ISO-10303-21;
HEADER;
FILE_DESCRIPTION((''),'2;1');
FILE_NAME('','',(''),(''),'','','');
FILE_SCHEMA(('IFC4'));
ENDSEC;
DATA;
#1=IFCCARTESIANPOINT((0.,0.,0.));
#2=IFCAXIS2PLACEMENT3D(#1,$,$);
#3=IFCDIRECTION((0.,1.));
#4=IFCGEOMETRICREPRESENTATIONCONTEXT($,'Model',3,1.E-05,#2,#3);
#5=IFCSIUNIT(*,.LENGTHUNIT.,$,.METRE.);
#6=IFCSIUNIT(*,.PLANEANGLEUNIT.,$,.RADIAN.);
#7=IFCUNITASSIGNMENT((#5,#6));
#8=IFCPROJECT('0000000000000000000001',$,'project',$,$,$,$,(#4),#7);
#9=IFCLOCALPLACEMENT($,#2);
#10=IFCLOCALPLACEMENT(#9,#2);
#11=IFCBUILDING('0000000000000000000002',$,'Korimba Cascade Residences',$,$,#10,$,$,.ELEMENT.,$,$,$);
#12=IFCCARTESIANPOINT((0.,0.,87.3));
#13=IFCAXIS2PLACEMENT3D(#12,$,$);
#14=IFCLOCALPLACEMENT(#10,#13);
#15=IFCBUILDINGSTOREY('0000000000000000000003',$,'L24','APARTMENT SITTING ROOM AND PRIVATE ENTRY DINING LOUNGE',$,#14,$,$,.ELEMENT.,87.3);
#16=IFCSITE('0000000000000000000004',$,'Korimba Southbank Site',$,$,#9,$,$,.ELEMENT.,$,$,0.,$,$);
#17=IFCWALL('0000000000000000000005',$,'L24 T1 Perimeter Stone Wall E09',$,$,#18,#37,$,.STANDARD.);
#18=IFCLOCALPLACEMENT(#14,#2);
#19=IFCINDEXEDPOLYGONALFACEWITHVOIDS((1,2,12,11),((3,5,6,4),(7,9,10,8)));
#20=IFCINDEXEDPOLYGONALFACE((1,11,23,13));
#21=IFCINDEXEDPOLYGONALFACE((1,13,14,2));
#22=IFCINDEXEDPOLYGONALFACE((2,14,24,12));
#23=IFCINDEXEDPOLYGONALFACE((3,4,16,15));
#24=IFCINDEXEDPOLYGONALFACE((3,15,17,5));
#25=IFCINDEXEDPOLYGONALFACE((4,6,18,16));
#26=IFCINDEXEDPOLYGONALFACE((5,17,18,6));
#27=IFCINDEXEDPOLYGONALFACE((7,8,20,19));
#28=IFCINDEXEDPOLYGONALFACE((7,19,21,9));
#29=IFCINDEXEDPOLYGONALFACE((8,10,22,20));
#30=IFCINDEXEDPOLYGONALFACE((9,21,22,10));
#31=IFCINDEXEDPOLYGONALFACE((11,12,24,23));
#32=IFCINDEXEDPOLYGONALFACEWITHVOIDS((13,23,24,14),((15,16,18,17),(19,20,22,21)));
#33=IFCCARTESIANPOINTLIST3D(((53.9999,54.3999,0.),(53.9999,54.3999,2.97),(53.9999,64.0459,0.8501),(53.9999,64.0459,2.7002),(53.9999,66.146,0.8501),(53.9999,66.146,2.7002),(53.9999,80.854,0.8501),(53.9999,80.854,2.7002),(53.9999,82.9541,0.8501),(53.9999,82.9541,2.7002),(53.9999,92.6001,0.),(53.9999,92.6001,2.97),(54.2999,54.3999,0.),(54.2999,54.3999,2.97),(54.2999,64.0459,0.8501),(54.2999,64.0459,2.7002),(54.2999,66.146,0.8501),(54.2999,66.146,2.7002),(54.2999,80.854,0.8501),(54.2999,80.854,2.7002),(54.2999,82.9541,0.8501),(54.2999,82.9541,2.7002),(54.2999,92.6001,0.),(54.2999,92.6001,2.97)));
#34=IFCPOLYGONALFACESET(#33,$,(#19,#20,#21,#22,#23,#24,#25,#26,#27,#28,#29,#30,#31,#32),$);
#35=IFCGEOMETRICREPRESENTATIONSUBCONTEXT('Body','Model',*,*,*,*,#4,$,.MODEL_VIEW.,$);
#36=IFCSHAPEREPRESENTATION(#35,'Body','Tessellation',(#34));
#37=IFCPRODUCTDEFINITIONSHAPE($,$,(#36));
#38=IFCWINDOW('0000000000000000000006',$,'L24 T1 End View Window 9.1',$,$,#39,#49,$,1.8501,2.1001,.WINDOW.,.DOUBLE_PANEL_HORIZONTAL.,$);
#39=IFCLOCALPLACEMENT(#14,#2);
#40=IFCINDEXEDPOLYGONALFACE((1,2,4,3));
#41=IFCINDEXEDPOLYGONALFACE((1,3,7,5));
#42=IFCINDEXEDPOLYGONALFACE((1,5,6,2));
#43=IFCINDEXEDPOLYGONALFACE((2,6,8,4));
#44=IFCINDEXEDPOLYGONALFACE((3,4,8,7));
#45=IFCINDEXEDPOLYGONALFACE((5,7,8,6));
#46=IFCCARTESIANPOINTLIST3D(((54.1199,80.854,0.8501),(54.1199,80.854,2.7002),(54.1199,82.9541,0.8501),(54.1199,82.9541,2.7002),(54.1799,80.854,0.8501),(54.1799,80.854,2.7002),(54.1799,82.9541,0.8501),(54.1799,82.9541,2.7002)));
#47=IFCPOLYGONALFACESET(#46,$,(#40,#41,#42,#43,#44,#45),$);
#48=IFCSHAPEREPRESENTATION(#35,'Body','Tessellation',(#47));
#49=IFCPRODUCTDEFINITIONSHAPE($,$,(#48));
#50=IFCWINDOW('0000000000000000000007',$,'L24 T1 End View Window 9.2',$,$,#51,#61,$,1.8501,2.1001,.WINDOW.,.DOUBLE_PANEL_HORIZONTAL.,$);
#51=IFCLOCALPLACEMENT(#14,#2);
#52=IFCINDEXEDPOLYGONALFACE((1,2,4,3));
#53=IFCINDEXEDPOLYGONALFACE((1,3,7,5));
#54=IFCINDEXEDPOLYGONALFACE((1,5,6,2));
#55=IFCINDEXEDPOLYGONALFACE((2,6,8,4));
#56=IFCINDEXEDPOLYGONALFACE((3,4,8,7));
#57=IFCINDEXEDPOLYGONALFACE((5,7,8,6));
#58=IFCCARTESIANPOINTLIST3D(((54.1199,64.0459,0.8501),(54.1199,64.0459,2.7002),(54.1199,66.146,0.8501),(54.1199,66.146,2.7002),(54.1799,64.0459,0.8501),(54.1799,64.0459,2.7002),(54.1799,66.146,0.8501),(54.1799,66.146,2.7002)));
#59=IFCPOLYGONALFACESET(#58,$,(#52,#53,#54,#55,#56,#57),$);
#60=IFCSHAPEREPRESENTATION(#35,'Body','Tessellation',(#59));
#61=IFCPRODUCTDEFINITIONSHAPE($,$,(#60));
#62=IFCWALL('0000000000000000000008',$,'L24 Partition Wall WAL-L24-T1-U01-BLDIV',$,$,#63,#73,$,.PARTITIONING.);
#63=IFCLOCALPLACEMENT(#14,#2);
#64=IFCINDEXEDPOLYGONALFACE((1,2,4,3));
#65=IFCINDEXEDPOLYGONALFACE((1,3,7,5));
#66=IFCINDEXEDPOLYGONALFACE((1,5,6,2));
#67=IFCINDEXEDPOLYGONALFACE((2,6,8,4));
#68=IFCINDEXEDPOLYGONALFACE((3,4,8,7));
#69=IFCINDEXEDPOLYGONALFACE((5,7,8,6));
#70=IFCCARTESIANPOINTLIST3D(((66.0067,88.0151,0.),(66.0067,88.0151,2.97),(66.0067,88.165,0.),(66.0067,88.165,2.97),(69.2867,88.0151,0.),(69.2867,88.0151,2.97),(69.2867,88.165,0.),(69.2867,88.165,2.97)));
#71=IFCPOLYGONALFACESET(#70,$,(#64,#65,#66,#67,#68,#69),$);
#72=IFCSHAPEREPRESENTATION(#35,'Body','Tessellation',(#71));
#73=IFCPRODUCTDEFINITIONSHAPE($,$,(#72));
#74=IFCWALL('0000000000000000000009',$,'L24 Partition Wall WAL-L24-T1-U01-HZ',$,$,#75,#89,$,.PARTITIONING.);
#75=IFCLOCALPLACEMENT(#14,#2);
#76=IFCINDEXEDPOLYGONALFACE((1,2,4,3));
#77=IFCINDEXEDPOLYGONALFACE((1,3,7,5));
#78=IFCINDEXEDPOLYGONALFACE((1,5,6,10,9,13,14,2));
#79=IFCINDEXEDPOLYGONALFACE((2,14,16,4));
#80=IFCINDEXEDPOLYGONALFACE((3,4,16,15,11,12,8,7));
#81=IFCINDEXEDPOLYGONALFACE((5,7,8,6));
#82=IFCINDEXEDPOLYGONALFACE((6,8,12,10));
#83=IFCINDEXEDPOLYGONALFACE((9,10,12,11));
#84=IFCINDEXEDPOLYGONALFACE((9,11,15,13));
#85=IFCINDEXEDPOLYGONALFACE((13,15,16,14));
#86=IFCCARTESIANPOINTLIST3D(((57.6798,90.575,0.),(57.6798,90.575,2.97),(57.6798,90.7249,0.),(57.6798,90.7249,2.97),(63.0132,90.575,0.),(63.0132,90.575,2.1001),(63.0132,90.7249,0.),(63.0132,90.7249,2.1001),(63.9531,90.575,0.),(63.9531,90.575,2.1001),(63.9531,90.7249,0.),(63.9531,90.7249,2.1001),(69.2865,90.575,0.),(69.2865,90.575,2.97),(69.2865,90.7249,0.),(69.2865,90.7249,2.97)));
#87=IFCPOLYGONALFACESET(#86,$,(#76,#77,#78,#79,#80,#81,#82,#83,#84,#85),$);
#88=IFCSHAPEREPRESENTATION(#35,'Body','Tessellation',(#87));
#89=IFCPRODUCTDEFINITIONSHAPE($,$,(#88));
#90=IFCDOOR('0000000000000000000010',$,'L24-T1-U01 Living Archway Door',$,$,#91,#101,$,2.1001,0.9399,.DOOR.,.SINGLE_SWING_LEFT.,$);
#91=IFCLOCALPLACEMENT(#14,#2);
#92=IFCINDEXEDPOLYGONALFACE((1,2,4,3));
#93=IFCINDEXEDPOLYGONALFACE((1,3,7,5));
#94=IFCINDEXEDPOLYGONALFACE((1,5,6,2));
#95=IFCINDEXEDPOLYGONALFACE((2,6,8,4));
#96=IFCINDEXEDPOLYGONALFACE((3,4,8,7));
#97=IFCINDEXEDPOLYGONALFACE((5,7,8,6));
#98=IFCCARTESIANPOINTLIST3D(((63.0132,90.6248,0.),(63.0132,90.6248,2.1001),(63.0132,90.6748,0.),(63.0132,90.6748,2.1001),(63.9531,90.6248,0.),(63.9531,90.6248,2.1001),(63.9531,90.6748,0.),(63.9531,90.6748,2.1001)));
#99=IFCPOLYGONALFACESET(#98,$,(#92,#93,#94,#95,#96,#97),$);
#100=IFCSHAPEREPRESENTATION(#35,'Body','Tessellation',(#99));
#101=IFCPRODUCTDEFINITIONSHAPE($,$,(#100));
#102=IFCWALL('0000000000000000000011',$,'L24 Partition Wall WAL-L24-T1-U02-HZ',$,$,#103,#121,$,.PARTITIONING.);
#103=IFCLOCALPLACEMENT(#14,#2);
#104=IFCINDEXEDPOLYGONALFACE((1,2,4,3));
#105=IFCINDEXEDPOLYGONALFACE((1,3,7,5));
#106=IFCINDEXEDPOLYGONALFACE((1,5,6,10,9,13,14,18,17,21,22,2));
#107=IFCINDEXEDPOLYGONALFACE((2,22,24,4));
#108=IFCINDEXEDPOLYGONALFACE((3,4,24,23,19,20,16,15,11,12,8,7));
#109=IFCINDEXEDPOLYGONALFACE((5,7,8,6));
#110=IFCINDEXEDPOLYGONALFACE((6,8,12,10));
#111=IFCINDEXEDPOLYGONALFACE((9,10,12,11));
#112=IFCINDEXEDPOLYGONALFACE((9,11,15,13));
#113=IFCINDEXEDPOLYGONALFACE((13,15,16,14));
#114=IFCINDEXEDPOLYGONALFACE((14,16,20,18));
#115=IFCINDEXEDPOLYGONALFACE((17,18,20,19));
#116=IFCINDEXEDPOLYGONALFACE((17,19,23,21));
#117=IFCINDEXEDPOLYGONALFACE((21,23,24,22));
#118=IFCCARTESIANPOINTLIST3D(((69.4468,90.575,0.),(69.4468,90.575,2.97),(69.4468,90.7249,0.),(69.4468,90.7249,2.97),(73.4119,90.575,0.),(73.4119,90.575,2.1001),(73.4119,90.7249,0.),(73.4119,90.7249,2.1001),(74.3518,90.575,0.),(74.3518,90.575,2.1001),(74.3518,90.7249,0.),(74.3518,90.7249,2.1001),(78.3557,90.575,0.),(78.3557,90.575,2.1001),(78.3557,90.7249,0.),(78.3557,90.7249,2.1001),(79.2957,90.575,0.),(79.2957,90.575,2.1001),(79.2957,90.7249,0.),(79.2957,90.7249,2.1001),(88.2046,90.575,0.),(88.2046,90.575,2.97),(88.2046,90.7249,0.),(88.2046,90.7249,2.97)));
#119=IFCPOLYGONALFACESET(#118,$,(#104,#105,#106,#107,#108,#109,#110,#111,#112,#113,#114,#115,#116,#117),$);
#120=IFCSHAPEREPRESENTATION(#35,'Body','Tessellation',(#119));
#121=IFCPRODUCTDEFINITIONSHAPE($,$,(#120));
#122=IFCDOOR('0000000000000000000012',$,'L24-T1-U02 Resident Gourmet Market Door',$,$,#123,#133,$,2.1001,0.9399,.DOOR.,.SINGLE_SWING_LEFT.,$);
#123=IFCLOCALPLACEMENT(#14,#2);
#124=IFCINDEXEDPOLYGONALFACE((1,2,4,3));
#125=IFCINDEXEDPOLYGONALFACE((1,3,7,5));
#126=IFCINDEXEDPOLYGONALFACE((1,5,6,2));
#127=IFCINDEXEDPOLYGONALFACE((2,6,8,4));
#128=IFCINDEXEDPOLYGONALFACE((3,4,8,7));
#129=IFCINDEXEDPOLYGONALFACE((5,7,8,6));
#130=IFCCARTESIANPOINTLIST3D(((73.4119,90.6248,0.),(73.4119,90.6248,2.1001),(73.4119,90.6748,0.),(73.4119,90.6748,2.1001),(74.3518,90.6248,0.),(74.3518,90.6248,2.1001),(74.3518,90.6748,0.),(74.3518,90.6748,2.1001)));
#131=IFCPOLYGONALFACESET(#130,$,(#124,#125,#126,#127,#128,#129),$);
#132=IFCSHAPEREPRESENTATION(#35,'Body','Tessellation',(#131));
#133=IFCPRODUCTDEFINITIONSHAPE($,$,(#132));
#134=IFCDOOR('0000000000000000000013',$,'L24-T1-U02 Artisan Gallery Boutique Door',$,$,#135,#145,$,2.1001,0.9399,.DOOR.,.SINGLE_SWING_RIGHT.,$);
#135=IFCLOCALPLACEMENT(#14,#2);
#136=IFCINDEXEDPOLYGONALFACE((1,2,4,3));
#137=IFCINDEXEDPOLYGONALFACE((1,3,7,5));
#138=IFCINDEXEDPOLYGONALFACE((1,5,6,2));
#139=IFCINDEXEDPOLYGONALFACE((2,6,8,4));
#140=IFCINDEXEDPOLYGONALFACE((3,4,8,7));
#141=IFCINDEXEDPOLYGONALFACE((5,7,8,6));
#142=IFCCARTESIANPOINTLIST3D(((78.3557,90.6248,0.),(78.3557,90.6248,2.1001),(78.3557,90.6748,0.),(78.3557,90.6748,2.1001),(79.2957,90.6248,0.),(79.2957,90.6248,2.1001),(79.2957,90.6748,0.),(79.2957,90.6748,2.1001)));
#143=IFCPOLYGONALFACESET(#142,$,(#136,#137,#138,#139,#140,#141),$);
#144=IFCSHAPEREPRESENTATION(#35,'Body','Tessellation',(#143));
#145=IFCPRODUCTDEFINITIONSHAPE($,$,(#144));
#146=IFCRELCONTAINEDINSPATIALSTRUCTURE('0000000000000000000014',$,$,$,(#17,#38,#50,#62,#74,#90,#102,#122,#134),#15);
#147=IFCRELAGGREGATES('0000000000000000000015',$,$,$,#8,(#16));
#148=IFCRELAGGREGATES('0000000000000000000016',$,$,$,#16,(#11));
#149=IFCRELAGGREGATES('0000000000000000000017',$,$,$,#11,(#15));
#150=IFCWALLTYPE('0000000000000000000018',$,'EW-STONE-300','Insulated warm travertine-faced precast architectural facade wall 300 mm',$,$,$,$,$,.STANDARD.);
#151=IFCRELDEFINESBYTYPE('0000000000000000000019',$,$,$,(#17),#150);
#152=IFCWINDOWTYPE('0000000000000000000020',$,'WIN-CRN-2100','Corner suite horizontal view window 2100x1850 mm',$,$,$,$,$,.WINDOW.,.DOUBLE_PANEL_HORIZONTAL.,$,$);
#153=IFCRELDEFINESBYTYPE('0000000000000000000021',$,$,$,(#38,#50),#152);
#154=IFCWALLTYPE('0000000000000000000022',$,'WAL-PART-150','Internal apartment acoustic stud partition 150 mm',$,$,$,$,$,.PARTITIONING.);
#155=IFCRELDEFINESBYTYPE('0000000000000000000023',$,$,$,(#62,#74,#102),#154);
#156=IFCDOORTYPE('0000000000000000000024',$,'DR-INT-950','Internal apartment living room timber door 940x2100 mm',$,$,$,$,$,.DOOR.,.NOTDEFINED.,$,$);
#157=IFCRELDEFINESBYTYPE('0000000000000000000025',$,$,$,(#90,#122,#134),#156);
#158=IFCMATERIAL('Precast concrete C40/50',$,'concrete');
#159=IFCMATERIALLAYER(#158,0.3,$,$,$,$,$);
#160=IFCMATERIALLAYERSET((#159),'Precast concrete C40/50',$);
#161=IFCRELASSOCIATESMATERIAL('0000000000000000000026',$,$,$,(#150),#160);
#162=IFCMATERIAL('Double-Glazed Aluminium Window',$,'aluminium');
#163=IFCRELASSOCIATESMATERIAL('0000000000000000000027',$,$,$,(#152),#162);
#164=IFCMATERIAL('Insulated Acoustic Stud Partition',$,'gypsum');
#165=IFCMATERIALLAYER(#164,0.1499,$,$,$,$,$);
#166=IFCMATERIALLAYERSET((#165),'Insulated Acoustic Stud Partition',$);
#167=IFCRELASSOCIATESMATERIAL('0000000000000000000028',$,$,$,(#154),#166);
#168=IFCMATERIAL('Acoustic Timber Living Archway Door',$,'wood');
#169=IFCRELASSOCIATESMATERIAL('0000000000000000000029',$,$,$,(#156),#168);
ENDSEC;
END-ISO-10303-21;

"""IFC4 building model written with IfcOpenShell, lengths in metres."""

from ifc_helpers import new_model, si_unit, direction, frame, frame_2d, origin, place, context, subcontext, project, spatial, rectangle, extrude, material, layer, layer_set, type_object, element, fill, save


model = new_model("IFC4")

# Units and contexts
model_context = context("Model", 3, precision=1e-05, world=origin(), true_north=direction((0.0, 1.0)))
body_context = subcontext(model_context, "Body", "Model", "MODEL_VIEW")
ifc_project = project(units=[si_unit("LENGTHUNIT", "METRE"), si_unit("PLANEANGLEUNIT", "RADIAN")], contexts=[model_context])

# Site, building, storey
site_placement = place(None, origin())
site = spatial("IfcSite", under=ifc_project, at=site_placement, Name="Korimba Southbank Site", CompositionType="ELEMENT", RefElevation=0.0)
building_placement = place(site_placement, origin())
building = spatial("IfcBuilding", under=site, at=building_placement, Name="Korimba Cascade Residences", CompositionType="ELEMENT")
storey_placement = place(building_placement, frame((0.0, 0.0, 87.3)))
storey = spatial("IfcBuildingStorey", under=building, at=storey_placement, Name="L24", Description="APARTMENT SITTING ROOM AND PRIVATE ENTRY DINING LOUNGE", CompositionType="ELEMENT", Elevation=87.3)

# Shared definitions
ifc_material_1 = material(Name="Precast concrete C40/50", Category="concrete")
ifc_layer_1 = layer(ifc_material_1, 0.3)
ifc_layer_set_1 = layer_set([ifc_layer_1], Name="Precast concrete C40/50")
wall_type_1 = type_object("IfcWallType", Name="EW-STONE-300", Description="Insulated warm travertine-faced precast architectural facade wall 300 mm", PredefinedType="STANDARD", material=ifc_layer_set_1)

# Wall, openings, windows
wall_1_placement = place(storey_placement, frame((54.1499, 92.6001, 0.0), z_axis=(0.0, 0.0, 1.0), x_axis=(0.0, -1.0, 0.0)))
wall_1 = element("IfcWall", 1, at=wall_1_placement, inside=storey, type_object=wall_type_1, Name="L24 T1 Perimeter Stone Wall E09", PredefinedType="STANDARD", context=body_context, shape_type="SweptSolid", body=[
    extrude(rectangle(XDim=38.2002, YDim=0.3, at=frame_2d((19.1001, 0.0))), origin(), (0.0, 0.0, 1.0), 2.97),
])
opening_1_placement = place(wall_1_placement, frame((9.646, 0.0, 0.8501)))
opening_1 = element("IfcOpeningElement", 2, at=opening_1_placement, cuts=wall_1, PredefinedType="OPENING", context=body_context, shape_type="SweptSolid", body=[
    extrude(rectangle(XDim=2.1001, YDim=1.8501, at=frame_2d((1.05, 0.925))), frame((0.0, 0.1602, 0.0), z_axis=(0.0, -1.0, 0.0), x_axis=(1.0, 0.0, 0.0)), (0.0, 0.0, 1.0), 0.3201),
])
opening_2_placement = place(wall_1_placement, frame((26.4541, 0.0, 0.8501)))
opening_2 = element("IfcOpeningElement", 3, at=opening_2_placement, cuts=wall_1, PredefinedType="OPENING", context=body_context, shape_type="SweptSolid", body=[
    extrude(rectangle(XDim=2.1001, YDim=1.8501, at=frame_2d((1.05, 0.925))), frame((0.0, 0.1602, 0.0), z_axis=(0.0, -1.0, 0.0), x_axis=(1.0, 0.0, 0.0)), (0.0, 0.0, 1.0), 0.3201),
])
ifc_material_2 = material(Name="Double-Glazed Aluminium Window", Category="aluminium")
window_type = type_object("IfcWindowType", Name="WIN-CRN-2100", Description="Corner suite horizontal view window 2100x1850 mm", PartitioningType="DOUBLE_PANEL_HORIZONTAL", PredefinedType="WINDOW", material=ifc_material_2)
window_1_placement = place(opening_1_placement, origin())
window_1 = element("IfcWindow", 4, at=window_1_placement, inside=storey, type_object=window_type, Name="L24 T1 End View Window 9.1", OverallHeight=1.8501, OverallWidth=2.1001, PartitioningType="DOUBLE_PANEL_HORIZONTAL", PredefinedType="WINDOW", context=body_context, shape_type="SweptSolid", body=[
    extrude(rectangle(XDim=2.1001, YDim=1.8501, at=frame_2d((1.05, 0.925))), frame((0.0, 0.03, 0.0), z_axis=(0.0, -1.0, 0.0), x_axis=(1.0, 0.0, 0.0)), (0.0, 0.0, 1.0), 0.0601),
])
fill(opening_1, window_1)
window_2_placement = place(opening_2_placement, origin())
window_2 = element("IfcWindow", 5, at=window_2_placement, inside=storey, type_object=window_type, Name="L24 T1 End View Window 9.2", OverallHeight=1.8501, OverallWidth=2.1001, PartitioningType="DOUBLE_PANEL_HORIZONTAL", PredefinedType="WINDOW", context=body_context, shape_type="SweptSolid", body=[
    extrude(rectangle(XDim=2.1001, YDim=1.8501, at=frame_2d((1.05, 0.925))), frame((0.0, 0.03, 0.0), z_axis=(0.0, -1.0, 0.0), x_axis=(1.0, 0.0, 0.0)), (0.0, 0.0, 1.0), 0.0601),
])
fill(opening_2, window_2)

# Wall
ifc_material_3 = material(Name="Insulated Acoustic Stud Partition", Category="gypsum")
ifc_layer_2 = layer(ifc_material_3, 0.1499)
ifc_layer_set_2 = layer_set([ifc_layer_2], Name="Insulated Acoustic Stud Partition")
wall_type_2 = type_object("IfcWallType", Name="WAL-PART-150", Description="Internal apartment acoustic stud partition 150 mm", PredefinedType="PARTITIONING", material=ifc_layer_set_2)
wall_2_placement = place(storey_placement, frame((66.0066, 88.0901, 0.0), z_axis=(0.0, 0.0, 1.0), x_axis=(1.0, 0.0, 0.0)))
element("IfcWall", 6, at=wall_2_placement, inside=storey, type_object=wall_type_2, Name="L24 Partition Wall WAL-L24-T1-U01-BLDIV", PredefinedType="PARTITIONING", context=body_context, shape_type="SweptSolid", body=[
    extrude(rectangle(XDim=3.28, YDim=0.1499, at=frame_2d((1.6401, 0.0))), origin(), (0.0, 0.0, 1.0), 2.97),
])

# Wall, opening, door
wall_3_placement = place(storey_placement, frame((57.6799, 90.6499, 0.0), z_axis=(0.0, 0.0, 1.0), x_axis=(1.0, 0.0, 0.0)))
wall_3 = element("IfcWall", 7, at=wall_3_placement, inside=storey, type_object=wall_type_2, Name="L24 Partition Wall WAL-L24-T1-U01-HZ", PredefinedType="PARTITIONING", context=body_context, shape_type="SweptSolid", body=[
    extrude(rectangle(XDim=11.6067, YDim=0.1499, at=frame_2d((5.8032, 0.0))), origin(), (0.0, 0.0, 1.0), 2.97),
])
opening_3_placement = place(wall_3_placement, frame((5.3333, 0.0, 0.0)))
opening_3 = element("IfcOpeningElement", 8, at=opening_3_placement, cuts=wall_3, PredefinedType="OPENING", context=body_context, shape_type="SweptSolid", body=[
    extrude(rectangle(XDim=0.9399, YDim=2.1001, at=frame_2d((0.47, 1.05))), frame((0.0, 0.085, 0.0), z_axis=(0.0, -1.0, 0.0), x_axis=(1.0, 0.0, 0.0)), (0.0, 0.0, 1.0), 0.1699),
])
ifc_material_4 = material(Name="Acoustic Timber Living Archway Door", Category="wood")
door_type = type_object("IfcDoorType", Name="DR-INT-950", Description="Internal apartment living room timber door 940x2100 mm", OperationType="NOTDEFINED", PredefinedType="DOOR", material=ifc_material_4)
door_1_placement = place(opening_3_placement, origin())
door_1 = element("IfcDoor", 9, at=door_1_placement, inside=storey, type_object=door_type, Name="L24-T1-U01 Living Archway Door", OperationType="SINGLE_SWING_LEFT", OverallHeight=2.1001, OverallWidth=0.9399, PredefinedType="DOOR", context=body_context, shape_type="SweptSolid", body=[
    extrude(rectangle(XDim=0.9399, YDim=2.1001, at=frame_2d((0.47, 1.05))), frame((0.0, 0.0249, 0.0), z_axis=(0.0, -1.0, 0.0), x_axis=(1.0, 0.0, 0.0)), (0.0, 0.0, 1.0), 0.05),
])
fill(opening_3, door_1)

# Wall, openings, doors
wall_4_placement = place(storey_placement, frame((69.4468, 90.6499, 0.0), z_axis=(0.0, 0.0, 1.0), x_axis=(1.0, 0.0, 0.0)))
wall_4 = element("IfcWall", 10, at=wall_4_placement, inside=storey, type_object=wall_type_2, Name="L24 Partition Wall WAL-L24-T1-U02-HZ", PredefinedType="PARTITIONING", context=body_context, shape_type="SweptSolid", body=[
    extrude(rectangle(XDim=18.7578, YDim=0.1499, at=frame_2d((9.3789, 0.0))), origin(), (0.0, 0.0, 1.0), 2.97),
])
opening_4_placement = place(wall_4_placement, frame((3.9651, 0.0, 0.0)))
opening_4 = element("IfcOpeningElement", 11, at=opening_4_placement, cuts=wall_4, PredefinedType="OPENING", context=body_context, shape_type="SweptSolid", body=[
    extrude(rectangle(XDim=0.9399, YDim=2.1001, at=frame_2d((0.47, 1.05))), frame((0.0, 0.085, 0.0), z_axis=(0.0, -1.0, 0.0), x_axis=(1.0, 0.0, 0.0)), (0.0, 0.0, 1.0), 0.1699),
])
opening_5_placement = place(wall_4_placement, frame((8.9089, 0.0, 0.0)))
opening_5 = element("IfcOpeningElement", 12, at=opening_5_placement, cuts=wall_4, PredefinedType="OPENING", context=body_context, shape_type="SweptSolid", body=[
    extrude(rectangle(XDim=0.9399, YDim=2.1001, at=frame_2d((0.47, 1.05))), frame((0.0, 0.085, 0.0), z_axis=(0.0, -1.0, 0.0), x_axis=(1.0, 0.0, 0.0)), (0.0, 0.0, 1.0), 0.1699),
])
door_2_placement = place(opening_4_placement, origin())
door_2 = element("IfcDoor", 13, at=door_2_placement, inside=storey, type_object=door_type, Name="L24-T1-U02 Resident Gourmet Market Door", OperationType="SINGLE_SWING_LEFT", OverallHeight=2.1001, OverallWidth=0.9399, PredefinedType="DOOR", context=body_context, shape_type="SweptSolid", body=[
    extrude(rectangle(XDim=0.9399, YDim=2.1001, at=frame_2d((0.47, 1.05))), frame((0.0, 0.0249, 0.0), z_axis=(0.0, -1.0, 0.0), x_axis=(1.0, 0.0, 0.0)), (0.0, 0.0, 1.0), 0.05),
])
fill(opening_4, door_2)
door_3_placement = place(opening_5_placement, origin())
door_3 = element("IfcDoor", 14, at=door_3_placement, inside=storey, type_object=door_type, Name="L24-T1-U02 Artisan Gallery Boutique Door", OperationType="SINGLE_SWING_RIGHT", OverallHeight=2.1001, OverallWidth=0.9399, PredefinedType="DOOR", context=body_context, shape_type="SweptSolid", body=[
    extrude(rectangle(XDim=0.9399, YDim=2.1001, at=frame_2d((0.47, 1.05))), frame((0.0, 0.0249, 0.0), z_axis=(0.0, -1.0, 0.0), x_axis=(1.0, 0.0, 0.0)), (0.0, 0.0, 1.0), 0.05),
])
fill(opening_5, door_3)

save(model, "model.ifc")
